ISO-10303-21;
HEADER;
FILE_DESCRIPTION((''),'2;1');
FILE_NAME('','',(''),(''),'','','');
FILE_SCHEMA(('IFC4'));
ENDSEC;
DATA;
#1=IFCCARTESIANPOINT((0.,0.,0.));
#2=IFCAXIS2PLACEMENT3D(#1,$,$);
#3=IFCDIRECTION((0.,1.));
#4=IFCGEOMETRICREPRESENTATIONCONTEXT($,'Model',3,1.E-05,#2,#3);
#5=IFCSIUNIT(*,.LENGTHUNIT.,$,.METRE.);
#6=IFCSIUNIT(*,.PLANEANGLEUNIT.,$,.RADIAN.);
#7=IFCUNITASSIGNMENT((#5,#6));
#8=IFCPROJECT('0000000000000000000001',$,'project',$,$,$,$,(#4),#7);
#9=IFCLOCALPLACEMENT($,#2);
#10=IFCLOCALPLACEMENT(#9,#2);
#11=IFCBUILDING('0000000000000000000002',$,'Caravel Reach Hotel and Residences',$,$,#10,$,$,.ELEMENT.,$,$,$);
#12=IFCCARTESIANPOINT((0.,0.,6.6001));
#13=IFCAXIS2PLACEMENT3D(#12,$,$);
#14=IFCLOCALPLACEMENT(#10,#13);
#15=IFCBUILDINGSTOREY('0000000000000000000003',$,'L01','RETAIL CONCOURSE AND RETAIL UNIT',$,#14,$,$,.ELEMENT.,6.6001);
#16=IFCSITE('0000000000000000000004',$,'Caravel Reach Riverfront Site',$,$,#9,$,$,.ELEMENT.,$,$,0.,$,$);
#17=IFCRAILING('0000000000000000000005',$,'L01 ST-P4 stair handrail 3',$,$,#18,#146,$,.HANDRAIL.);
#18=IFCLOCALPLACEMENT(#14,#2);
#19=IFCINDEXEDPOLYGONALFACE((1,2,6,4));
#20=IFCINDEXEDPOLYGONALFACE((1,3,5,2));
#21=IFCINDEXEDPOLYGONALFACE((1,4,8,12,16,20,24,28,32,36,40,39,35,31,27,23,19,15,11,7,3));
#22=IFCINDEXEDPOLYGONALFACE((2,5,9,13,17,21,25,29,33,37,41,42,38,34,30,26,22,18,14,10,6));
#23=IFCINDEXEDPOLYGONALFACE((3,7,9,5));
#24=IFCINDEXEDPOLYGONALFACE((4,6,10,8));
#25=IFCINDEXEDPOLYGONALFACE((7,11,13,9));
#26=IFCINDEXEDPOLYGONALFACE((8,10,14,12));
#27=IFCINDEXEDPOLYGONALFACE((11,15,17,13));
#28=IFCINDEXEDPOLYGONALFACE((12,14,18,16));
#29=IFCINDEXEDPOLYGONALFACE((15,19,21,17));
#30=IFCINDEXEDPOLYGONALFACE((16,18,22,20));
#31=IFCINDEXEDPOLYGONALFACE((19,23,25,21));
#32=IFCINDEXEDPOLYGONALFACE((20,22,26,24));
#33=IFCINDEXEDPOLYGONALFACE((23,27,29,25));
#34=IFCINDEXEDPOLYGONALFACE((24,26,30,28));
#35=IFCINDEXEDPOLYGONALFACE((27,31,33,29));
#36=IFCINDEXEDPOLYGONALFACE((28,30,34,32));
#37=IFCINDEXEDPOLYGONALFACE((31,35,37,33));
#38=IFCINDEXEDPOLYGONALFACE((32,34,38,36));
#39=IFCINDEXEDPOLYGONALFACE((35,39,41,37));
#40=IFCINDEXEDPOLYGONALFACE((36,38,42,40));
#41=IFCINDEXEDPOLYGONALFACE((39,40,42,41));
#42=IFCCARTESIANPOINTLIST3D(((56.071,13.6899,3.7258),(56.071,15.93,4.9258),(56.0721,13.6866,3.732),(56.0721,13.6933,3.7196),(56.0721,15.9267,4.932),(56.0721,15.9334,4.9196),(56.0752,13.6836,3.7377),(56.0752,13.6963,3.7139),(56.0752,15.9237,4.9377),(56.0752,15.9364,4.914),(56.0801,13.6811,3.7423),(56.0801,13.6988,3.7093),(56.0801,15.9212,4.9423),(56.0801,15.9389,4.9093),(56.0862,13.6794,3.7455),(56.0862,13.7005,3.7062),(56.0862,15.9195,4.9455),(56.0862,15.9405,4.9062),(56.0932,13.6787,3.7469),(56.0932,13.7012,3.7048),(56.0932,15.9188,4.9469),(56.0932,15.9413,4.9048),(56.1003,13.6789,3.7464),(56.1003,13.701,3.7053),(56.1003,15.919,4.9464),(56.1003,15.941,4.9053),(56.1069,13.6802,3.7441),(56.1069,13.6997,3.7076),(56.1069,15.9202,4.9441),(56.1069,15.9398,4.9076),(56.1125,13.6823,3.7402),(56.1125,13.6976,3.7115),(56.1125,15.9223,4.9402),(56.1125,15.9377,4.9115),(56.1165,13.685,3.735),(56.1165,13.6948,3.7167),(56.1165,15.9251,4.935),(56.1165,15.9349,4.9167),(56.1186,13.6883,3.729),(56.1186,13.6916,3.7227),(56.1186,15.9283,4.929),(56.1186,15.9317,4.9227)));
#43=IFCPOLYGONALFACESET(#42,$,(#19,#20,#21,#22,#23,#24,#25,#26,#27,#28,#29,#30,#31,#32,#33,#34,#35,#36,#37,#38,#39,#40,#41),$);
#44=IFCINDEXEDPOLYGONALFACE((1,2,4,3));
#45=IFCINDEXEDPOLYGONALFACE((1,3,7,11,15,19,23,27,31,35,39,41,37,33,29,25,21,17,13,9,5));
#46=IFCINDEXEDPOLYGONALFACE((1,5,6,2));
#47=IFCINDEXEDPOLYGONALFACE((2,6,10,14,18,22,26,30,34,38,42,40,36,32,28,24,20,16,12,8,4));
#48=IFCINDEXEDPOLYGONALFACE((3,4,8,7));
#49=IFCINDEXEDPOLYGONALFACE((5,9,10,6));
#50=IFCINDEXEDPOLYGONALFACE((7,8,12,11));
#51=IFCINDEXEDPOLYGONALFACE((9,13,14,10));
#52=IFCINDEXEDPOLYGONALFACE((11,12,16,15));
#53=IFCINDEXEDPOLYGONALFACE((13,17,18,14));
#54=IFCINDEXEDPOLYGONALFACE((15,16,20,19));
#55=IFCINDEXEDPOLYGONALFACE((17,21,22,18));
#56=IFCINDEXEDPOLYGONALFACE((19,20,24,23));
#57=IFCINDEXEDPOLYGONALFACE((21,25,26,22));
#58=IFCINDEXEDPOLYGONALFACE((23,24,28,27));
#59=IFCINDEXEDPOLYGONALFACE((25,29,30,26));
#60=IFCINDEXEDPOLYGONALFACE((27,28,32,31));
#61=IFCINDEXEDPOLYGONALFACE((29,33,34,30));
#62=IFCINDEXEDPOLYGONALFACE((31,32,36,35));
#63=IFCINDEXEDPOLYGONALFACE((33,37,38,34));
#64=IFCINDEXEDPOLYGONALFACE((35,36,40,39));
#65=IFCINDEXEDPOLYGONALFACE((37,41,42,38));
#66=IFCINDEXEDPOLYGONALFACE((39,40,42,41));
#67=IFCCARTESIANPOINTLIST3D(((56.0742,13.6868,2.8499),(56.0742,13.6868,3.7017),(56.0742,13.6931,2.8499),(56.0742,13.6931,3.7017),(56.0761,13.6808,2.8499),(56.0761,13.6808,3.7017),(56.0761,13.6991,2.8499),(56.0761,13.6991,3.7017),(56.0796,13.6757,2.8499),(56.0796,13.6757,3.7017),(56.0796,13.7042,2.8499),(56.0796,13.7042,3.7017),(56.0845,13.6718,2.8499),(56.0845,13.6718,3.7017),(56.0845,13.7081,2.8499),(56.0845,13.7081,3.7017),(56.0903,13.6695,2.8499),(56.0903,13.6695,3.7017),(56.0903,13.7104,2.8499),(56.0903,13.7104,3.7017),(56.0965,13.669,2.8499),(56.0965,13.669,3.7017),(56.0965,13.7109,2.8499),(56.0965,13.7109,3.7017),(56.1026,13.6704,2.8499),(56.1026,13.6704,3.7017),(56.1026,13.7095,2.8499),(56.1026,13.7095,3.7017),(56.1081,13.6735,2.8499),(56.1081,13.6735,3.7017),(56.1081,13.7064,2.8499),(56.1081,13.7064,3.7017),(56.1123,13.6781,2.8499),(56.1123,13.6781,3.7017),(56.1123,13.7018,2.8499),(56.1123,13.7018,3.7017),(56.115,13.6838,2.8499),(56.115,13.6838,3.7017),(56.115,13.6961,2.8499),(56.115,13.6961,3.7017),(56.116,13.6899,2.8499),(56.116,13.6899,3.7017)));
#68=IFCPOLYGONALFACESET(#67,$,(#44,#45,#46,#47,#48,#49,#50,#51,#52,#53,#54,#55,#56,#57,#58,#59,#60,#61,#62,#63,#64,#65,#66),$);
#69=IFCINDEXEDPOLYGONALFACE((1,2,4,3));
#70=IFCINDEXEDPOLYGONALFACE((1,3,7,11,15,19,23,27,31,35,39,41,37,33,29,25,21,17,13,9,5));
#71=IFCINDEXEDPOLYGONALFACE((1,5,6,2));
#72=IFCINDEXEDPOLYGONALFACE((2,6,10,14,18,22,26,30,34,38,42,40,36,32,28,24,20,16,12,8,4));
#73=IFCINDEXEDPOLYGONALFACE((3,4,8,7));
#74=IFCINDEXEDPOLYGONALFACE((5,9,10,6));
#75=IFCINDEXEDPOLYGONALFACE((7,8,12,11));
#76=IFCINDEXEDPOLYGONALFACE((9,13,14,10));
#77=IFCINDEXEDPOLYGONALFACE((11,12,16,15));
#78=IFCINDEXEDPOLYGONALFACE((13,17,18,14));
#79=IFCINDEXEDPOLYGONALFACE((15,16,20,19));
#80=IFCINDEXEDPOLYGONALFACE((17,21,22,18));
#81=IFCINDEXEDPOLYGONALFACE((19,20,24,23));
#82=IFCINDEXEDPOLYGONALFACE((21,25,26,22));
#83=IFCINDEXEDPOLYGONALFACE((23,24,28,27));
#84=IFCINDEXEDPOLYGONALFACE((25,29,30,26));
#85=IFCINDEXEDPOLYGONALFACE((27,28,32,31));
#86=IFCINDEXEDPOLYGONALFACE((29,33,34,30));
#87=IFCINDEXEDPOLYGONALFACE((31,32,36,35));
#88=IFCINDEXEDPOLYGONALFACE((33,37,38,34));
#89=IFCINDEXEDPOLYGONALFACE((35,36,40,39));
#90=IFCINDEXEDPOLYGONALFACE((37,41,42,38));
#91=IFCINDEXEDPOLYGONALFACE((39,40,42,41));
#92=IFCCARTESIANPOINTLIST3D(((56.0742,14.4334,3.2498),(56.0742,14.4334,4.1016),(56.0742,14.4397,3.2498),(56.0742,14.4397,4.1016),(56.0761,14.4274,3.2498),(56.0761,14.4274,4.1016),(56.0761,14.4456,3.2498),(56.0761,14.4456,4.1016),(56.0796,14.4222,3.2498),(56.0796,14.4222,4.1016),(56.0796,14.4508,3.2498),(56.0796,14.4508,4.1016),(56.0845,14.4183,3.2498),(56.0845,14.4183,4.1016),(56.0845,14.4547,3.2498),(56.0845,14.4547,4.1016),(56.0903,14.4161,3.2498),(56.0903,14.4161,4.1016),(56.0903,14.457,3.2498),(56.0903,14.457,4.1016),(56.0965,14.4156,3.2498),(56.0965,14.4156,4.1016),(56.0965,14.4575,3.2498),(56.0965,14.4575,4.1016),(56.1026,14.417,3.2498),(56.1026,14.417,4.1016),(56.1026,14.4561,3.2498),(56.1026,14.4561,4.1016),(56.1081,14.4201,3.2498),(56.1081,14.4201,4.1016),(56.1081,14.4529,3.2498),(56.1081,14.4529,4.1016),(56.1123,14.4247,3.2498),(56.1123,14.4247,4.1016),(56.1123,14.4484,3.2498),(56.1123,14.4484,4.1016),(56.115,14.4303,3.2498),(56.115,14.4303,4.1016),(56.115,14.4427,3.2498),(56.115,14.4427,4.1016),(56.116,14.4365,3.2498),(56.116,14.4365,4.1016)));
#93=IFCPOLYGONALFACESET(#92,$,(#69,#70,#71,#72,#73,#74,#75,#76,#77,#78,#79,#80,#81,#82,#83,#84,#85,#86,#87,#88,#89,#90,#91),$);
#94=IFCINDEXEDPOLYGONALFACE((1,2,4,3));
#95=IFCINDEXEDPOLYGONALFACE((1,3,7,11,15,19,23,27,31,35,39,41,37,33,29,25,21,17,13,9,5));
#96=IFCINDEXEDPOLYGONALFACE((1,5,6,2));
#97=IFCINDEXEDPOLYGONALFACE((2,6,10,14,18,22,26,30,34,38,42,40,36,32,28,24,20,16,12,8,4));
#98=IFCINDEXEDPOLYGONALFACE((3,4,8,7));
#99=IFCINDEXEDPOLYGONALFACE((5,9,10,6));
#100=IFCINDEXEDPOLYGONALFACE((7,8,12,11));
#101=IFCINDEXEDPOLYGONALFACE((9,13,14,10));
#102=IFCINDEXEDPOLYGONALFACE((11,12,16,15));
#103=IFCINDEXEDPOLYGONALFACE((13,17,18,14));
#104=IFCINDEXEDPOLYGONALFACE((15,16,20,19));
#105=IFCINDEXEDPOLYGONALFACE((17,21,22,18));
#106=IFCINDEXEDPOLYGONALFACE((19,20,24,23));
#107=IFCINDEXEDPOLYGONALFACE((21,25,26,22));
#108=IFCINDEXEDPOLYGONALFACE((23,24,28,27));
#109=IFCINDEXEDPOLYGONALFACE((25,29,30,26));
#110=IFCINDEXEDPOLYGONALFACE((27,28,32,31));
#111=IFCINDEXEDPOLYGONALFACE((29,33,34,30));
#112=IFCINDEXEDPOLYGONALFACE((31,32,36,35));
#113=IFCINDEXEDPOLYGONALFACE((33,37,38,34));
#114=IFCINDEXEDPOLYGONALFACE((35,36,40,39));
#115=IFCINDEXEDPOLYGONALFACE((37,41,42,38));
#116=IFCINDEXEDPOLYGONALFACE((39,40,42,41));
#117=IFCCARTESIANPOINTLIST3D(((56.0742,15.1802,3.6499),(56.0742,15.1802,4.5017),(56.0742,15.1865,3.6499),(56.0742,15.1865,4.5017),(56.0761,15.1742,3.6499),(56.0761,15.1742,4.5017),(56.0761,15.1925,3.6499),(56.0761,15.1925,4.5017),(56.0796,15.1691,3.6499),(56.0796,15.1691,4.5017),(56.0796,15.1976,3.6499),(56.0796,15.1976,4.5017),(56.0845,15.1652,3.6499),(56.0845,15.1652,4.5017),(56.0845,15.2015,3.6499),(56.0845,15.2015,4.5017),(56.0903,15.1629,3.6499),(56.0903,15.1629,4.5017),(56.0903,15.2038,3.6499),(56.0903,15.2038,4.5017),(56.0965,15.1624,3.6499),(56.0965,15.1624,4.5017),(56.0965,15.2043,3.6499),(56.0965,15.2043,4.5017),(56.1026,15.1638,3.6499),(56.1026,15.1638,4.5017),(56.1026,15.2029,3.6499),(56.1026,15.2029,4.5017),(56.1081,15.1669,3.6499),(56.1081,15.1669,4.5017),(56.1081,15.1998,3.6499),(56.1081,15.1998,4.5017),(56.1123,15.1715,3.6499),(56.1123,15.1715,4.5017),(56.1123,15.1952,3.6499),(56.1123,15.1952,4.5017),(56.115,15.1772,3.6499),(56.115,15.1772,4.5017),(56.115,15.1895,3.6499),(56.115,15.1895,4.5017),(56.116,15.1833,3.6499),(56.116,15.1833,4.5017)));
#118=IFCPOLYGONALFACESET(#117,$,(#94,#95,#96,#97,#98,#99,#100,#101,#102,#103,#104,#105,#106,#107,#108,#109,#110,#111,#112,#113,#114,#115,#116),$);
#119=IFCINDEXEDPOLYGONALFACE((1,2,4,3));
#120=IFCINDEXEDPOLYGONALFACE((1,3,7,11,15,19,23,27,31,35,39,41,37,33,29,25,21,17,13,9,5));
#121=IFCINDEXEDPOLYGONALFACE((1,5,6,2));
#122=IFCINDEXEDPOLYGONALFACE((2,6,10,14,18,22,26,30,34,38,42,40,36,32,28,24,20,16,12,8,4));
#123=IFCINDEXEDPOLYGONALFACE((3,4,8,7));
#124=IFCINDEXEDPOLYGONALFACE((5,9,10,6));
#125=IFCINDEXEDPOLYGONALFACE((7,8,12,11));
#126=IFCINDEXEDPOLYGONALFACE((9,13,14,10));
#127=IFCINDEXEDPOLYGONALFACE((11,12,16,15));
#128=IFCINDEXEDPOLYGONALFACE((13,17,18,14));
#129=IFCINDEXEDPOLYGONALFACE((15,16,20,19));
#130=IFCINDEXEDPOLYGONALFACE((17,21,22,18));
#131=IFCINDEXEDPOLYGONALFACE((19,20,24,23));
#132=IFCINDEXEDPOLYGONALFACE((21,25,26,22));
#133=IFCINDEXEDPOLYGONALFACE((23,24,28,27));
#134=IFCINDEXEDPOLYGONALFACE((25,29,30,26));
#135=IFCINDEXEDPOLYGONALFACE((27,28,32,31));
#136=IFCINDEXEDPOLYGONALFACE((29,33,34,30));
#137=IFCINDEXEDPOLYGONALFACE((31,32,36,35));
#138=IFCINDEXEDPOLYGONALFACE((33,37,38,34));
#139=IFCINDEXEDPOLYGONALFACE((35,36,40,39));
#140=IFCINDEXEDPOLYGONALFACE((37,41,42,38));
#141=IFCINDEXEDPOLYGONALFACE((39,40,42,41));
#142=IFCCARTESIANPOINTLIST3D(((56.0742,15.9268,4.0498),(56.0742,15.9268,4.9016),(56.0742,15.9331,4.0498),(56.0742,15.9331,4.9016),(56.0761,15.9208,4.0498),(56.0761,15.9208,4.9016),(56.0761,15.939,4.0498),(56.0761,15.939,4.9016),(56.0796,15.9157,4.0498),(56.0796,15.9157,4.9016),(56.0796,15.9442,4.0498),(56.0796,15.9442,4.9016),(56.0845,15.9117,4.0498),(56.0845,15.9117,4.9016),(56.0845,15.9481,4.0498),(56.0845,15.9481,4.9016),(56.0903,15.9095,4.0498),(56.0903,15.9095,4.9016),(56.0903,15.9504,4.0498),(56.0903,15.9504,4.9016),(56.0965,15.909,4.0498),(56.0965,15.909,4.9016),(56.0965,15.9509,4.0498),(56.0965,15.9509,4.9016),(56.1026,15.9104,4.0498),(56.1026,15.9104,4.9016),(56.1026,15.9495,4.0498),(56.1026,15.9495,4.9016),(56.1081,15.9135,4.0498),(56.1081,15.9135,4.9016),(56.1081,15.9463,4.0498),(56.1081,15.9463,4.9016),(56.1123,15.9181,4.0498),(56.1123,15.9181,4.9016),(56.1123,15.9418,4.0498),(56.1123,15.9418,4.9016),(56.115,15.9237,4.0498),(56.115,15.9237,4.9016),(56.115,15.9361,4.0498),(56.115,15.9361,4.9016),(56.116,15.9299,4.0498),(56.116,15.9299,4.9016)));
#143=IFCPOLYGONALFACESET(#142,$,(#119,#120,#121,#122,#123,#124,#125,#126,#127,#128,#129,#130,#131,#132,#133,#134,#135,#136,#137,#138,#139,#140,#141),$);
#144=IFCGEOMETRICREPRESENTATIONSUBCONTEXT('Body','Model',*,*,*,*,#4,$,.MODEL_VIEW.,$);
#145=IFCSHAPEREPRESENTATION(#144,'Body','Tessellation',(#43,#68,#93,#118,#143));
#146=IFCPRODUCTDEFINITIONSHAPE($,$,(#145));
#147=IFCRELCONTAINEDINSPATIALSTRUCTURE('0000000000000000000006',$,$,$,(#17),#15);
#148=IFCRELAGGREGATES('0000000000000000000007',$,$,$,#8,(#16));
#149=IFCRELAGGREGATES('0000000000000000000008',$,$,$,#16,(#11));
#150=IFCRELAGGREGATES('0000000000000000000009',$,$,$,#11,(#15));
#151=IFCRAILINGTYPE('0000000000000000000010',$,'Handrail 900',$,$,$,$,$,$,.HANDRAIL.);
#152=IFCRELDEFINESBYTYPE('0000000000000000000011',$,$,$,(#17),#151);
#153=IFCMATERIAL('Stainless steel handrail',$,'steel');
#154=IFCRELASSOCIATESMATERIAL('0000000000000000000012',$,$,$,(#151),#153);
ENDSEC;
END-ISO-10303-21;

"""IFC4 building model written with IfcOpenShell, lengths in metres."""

from ifc_helpers import new_model, si_unit, direction, frame, origin, origin_2d, place, context, subcontext, project, spatial, circle, extrude, material, type_object, element, save


model = new_model("IFC4")

# Units and contexts
model_context = context("Model", 3, precision=1e-05, world=origin(), true_north=direction((0.0, 1.0)))
body_context = subcontext(model_context, "Body", "Model", "MODEL_VIEW")
ifc_project = project(units=[si_unit("LENGTHUNIT", "METRE"), si_unit("PLANEANGLEUNIT", "RADIAN")], contexts=[model_context])

# Site, building, storey
site_placement = place(None, origin())
site = spatial("IfcSite", under=ifc_project, at=site_placement, Name="Caravel Reach Riverfront Site", CompositionType="ELEMENT", RefElevation=0.0)
building_placement = place(site_placement, origin())
building = spatial("IfcBuilding", under=site, at=building_placement, Name="Caravel Reach Hotel and Residences", CompositionType="ELEMENT")
storey_placement = place(building_placement, frame((0.0, 0.0, 6.6001)))
storey = spatial("IfcBuildingStorey", under=building, at=storey_placement, Name="L01", Description="RETAIL CONCOURSE AND RETAIL UNIT", CompositionType="ELEMENT", Elevation=6.6001)

# Railing
ifc_material_1 = material(Name="Stainless steel handrail", Category="steel")
railing_type_1 = type_object("IfcRailingType", Name="Handrail 900", PredefinedType="HANDRAIL", material=ifc_material_1)
for number, where, name in (
    (1, (56.095, 13.6899, 2.8499), "L01 ST-P4 stair handrail 3"),
):
    element("IfcRailing", number, at=place(storey_placement, frame(where)), inside=storey, type_object=railing_type_1, Name=name, PredefinedType="HANDRAIL", context=body_context, shape_type="SweptSolid", body=[
        extrude(circle(Radius=0.0239, at=origin_2d()), frame((0.0, 0.0, 0.876), z_axis=(0.0, 0.881487, 0.472208), x_axis=(-1.0, 0.0, 0.0)), (0.0, 0.0, 1.0), 2.5413),
        extrude(circle(Radius=0.021, at=origin_2d()), origin(), (0.0, 0.0, 1.0), 0.8518),
        extrude(circle(Radius=0.021, at=origin_2d()), frame((0.0, 0.7466, 0.3999)), (0.0, 0.0, 1.0), 0.8518),
        extrude(circle(Radius=0.021, at=origin_2d()), frame((0.0, 1.4934, 0.8)), (0.0, 0.0, 1.0), 0.8518),
        extrude(circle(Radius=0.021, at=origin_2d()), frame((0.0, 2.24, 1.2)), (0.0, 0.0, 1.0), 0.8518),
    ])

save(model, "model.ifc")
